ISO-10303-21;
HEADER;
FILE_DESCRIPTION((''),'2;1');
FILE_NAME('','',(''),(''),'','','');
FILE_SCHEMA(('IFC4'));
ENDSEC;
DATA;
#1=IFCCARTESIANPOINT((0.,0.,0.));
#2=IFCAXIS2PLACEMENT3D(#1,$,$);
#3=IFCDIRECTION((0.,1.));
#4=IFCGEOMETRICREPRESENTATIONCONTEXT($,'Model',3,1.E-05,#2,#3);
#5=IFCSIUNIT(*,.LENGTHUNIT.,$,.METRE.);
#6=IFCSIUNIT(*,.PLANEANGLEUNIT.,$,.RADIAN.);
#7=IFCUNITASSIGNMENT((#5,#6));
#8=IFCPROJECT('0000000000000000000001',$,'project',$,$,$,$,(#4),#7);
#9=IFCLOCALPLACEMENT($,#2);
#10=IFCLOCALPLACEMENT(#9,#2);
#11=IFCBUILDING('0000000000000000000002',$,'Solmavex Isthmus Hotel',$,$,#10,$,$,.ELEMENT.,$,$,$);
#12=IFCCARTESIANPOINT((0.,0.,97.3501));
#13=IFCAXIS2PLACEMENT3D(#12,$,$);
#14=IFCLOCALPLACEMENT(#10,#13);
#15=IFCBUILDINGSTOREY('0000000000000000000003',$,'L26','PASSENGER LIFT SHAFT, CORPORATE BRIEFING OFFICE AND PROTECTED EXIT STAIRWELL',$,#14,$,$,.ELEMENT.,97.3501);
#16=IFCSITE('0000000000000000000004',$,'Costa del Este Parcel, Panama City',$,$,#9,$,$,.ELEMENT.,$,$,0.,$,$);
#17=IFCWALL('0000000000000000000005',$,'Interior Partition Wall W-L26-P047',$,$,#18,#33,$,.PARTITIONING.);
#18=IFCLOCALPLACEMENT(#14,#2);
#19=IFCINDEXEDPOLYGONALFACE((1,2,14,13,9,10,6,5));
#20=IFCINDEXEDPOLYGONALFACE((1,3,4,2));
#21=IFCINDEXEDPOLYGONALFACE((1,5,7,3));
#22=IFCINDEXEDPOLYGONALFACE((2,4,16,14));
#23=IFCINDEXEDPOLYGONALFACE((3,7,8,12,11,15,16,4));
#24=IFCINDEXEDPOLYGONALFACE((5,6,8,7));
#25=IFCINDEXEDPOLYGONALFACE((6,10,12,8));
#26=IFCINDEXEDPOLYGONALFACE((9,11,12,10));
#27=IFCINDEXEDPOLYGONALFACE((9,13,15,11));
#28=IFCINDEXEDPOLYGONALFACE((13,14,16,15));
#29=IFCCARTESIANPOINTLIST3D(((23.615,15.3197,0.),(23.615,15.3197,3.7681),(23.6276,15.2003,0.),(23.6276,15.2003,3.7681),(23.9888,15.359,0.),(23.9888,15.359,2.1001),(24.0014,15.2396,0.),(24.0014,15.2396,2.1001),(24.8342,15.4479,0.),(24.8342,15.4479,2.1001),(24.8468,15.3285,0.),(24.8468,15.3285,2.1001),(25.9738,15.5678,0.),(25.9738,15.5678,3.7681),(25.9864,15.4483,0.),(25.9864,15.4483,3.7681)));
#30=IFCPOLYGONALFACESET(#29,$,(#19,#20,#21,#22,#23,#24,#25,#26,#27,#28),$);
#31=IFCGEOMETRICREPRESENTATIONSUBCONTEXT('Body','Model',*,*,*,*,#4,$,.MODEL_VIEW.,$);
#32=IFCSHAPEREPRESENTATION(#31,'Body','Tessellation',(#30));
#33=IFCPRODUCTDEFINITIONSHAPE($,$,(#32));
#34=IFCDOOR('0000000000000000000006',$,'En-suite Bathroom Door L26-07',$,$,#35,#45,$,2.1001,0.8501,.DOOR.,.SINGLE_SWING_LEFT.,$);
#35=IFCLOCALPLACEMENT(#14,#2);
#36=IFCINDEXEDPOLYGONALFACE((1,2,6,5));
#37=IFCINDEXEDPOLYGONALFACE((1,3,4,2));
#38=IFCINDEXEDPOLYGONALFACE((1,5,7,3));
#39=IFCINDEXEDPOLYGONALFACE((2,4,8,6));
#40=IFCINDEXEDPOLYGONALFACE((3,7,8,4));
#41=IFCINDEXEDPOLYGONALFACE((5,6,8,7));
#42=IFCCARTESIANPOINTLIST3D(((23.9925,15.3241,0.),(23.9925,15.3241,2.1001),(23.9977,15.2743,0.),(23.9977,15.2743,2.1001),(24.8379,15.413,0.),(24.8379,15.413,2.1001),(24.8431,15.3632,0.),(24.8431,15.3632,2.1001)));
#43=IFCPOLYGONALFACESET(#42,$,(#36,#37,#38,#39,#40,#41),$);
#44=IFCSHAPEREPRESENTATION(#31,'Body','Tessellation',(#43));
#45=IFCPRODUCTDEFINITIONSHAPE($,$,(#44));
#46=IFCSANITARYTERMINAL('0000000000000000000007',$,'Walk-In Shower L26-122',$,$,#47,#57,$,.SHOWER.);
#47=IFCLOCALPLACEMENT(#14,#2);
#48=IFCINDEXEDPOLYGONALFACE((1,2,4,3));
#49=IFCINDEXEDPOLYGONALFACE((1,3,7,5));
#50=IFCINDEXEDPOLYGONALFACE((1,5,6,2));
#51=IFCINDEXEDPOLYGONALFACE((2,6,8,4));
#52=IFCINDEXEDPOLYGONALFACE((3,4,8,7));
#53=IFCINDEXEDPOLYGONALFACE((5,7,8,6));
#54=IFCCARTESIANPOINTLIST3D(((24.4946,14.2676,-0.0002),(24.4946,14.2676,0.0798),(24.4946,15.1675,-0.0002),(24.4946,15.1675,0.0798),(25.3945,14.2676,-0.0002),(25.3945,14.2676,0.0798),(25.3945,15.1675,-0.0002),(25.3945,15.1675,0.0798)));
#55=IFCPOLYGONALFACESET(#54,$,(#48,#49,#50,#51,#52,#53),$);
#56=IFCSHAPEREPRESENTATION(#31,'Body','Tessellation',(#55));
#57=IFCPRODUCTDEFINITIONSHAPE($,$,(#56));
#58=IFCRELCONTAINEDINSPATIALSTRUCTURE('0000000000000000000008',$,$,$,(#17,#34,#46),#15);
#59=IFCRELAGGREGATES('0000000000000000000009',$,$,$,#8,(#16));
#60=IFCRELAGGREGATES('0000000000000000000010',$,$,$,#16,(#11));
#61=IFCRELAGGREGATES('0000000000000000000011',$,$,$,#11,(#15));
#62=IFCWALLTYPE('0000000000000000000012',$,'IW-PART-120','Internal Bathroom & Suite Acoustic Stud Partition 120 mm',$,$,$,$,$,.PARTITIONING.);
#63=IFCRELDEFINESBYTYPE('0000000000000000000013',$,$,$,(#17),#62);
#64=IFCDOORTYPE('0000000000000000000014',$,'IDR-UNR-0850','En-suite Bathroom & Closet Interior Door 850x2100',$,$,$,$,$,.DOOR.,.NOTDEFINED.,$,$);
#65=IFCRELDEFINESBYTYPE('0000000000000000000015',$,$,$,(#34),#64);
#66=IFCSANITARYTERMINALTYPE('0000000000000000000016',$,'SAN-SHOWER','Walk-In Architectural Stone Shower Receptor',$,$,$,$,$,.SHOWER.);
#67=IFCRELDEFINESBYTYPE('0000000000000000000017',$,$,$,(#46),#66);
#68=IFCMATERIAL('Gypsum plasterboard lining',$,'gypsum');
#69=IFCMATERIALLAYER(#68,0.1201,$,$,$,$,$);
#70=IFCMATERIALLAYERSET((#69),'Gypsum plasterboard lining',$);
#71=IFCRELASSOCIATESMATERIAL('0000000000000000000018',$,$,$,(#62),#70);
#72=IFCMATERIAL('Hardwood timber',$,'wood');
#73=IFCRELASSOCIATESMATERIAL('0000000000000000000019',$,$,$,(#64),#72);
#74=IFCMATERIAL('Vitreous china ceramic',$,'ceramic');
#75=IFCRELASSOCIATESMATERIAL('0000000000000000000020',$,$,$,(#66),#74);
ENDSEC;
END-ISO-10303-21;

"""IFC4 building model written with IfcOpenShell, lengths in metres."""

from ifc_helpers import new_model, si_unit, direction, frame, frame_2d, origin, origin_2d, place, context, subcontext, project, spatial, rectangle, extrude, material, layer, layer_set, type_object, element, fill, save


model = new_model("IFC4")

# Units and contexts
model_context = context("Model", 3, precision=1e-05, world=origin(), true_north=direction((0.0, 1.0)))
body_context = subcontext(model_context, "Body", "Model", "MODEL_VIEW")
ifc_project = project(units=[si_unit("LENGTHUNIT", "METRE"), si_unit("PLANEANGLEUNIT", "RADIAN")], contexts=[model_context])

# Site, building, storey
site_placement = place(None, origin())
site = spatial("IfcSite", under=ifc_project, at=site_placement, Name="Costa del Este Parcel, Panama City", CompositionType="ELEMENT", RefElevation=0.0)
building_placement = place(site_placement, origin())
building = spatial("IfcBuilding", under=site, at=building_placement, Name="Solmavex Isthmus Hotel", CompositionType="ELEMENT")
storey_placement = place(building_placement, frame((0.0, 0.0, 97.3501)))
storey = spatial("IfcBuildingStorey", under=building, at=storey_placement, Name="L26", Description="PASSENGER LIFT SHAFT, CORPORATE BRIEFING OFFICE AND PROTECTED EXIT STAIRWELL", CompositionType="ELEMENT", Elevation=97.3501)

# Shared definitions
ifc_material_1 = material(Name="Gypsum plasterboard lining", Category="gypsum")
ifc_material_2 = material(Name="Hardwood timber", Category="wood")

# Shared definitions
ifc_layer_1 = layer(ifc_material_1, 0.1201)
ifc_layer_set_1 = layer_set([ifc_layer_1], Name="Gypsum plasterboard lining")
wall_type_1 = type_object("IfcWallType", Name="IW-PART-120", Description="Internal Bathroom & Suite Acoustic Stud Partition 120 mm", PredefinedType="PARTITIONING", material=ifc_layer_set_1)

# Wall, opening, door
wall_1_placement = place(storey_placement, frame((25.9802, 15.5081, 0.0), z_axis=(0.0, 0.0, 1.0), x_axis=(-0.994517, -0.104578, 0.0)))
wall_1 = element("IfcWall", 1, at=wall_1_placement, inside=storey, type_object=wall_type_1, Name="Interior Partition Wall W-L26-P047", PredefinedType="PARTITIONING", context=body_context, shape_type="SweptSolid", body=[
    extrude(rectangle(XDim=2.3718, YDim=0.1201, at=frame_2d((1.186, 0.0))), origin(), (0.0, 0.0, 1.0), 3.7681),
])
opening_1_placement = place(wall_1_placement, frame((1.146, 0.0, 0.0)))
opening_1 = element("IfcOpeningElement", 2, at=opening_1_placement, cuts=wall_1, PredefinedType="OPENING", context=body_context, shape_type="SweptSolid", body=[
    extrude(rectangle(XDim=0.8501, YDim=2.1001, at=frame_2d((0.425, 1.05))), frame((0.0, 0.0701, 0.0), z_axis=(0.0, -1.0, 0.0), x_axis=(1.0, 0.0, 0.0)), (0.0, 0.0, 1.0), 0.1401),
])
door_type_1 = type_object("IfcDoorType", Name="IDR-UNR-0850", Description="En-suite Bathroom & Closet Interior Door 850x2100", OperationType="NOTDEFINED", PredefinedType="DOOR", material=ifc_material_2)
door_1_placement = place(opening_1_placement, frame((0.8501, 0.0, 0.0), z_axis=(0.0, 0.0, 1.0), x_axis=(-1.0, 0.0, 0.0)))
door_1 = element("IfcDoor", 3, at=door_1_placement, inside=storey, type_object=door_type_1, Name="En-suite Bathroom Door L26-07", OperationType="SINGLE_SWING_LEFT", OverallHeight=2.1001, OverallWidth=0.8501, PredefinedType="DOOR", context=body_context, shape_type="SweptSolid", body=[
    extrude(rectangle(XDim=0.8501, YDim=2.1001, at=frame_2d((0.425, 1.05))), frame((0.0, 0.0249, 0.0), z_axis=(0.0, -1.0, 0.0), x_axis=(1.0, 0.0, 0.0)), (0.0, 0.0, 1.0), 0.05),
])
fill(opening_1, door_1)

# Sanitary terminal
ifc_material_3 = material(Name="Vitreous china ceramic", Category="ceramic")
sanitary_terminal_type = type_object("IfcSanitaryTerminalType", Name="SAN-SHOWER", Description="Walk-In Architectural Stone Shower Receptor", PredefinedType="SHOWER", material=ifc_material_3)
sanitary_terminal_placement = place(storey_placement, frame((24.9446, 14.7175, -0.0002), z_axis=(0.0, 0.0, 1.0), x_axis=(1.0, 0.0, 0.0)))
element("IfcSanitaryTerminal", 4, at=sanitary_terminal_placement, inside=storey, type_object=sanitary_terminal_type, Name="Walk-In Shower L26-122", PredefinedType="SHOWER", context=body_context, shape_type="SweptSolid", body=[
    extrude(rectangle(XDim=0.8999, YDim=0.8999, at=origin_2d()), origin(), (0.0, 0.0, 1.0), 0.0801),
])

save(model, "model.ifc")
